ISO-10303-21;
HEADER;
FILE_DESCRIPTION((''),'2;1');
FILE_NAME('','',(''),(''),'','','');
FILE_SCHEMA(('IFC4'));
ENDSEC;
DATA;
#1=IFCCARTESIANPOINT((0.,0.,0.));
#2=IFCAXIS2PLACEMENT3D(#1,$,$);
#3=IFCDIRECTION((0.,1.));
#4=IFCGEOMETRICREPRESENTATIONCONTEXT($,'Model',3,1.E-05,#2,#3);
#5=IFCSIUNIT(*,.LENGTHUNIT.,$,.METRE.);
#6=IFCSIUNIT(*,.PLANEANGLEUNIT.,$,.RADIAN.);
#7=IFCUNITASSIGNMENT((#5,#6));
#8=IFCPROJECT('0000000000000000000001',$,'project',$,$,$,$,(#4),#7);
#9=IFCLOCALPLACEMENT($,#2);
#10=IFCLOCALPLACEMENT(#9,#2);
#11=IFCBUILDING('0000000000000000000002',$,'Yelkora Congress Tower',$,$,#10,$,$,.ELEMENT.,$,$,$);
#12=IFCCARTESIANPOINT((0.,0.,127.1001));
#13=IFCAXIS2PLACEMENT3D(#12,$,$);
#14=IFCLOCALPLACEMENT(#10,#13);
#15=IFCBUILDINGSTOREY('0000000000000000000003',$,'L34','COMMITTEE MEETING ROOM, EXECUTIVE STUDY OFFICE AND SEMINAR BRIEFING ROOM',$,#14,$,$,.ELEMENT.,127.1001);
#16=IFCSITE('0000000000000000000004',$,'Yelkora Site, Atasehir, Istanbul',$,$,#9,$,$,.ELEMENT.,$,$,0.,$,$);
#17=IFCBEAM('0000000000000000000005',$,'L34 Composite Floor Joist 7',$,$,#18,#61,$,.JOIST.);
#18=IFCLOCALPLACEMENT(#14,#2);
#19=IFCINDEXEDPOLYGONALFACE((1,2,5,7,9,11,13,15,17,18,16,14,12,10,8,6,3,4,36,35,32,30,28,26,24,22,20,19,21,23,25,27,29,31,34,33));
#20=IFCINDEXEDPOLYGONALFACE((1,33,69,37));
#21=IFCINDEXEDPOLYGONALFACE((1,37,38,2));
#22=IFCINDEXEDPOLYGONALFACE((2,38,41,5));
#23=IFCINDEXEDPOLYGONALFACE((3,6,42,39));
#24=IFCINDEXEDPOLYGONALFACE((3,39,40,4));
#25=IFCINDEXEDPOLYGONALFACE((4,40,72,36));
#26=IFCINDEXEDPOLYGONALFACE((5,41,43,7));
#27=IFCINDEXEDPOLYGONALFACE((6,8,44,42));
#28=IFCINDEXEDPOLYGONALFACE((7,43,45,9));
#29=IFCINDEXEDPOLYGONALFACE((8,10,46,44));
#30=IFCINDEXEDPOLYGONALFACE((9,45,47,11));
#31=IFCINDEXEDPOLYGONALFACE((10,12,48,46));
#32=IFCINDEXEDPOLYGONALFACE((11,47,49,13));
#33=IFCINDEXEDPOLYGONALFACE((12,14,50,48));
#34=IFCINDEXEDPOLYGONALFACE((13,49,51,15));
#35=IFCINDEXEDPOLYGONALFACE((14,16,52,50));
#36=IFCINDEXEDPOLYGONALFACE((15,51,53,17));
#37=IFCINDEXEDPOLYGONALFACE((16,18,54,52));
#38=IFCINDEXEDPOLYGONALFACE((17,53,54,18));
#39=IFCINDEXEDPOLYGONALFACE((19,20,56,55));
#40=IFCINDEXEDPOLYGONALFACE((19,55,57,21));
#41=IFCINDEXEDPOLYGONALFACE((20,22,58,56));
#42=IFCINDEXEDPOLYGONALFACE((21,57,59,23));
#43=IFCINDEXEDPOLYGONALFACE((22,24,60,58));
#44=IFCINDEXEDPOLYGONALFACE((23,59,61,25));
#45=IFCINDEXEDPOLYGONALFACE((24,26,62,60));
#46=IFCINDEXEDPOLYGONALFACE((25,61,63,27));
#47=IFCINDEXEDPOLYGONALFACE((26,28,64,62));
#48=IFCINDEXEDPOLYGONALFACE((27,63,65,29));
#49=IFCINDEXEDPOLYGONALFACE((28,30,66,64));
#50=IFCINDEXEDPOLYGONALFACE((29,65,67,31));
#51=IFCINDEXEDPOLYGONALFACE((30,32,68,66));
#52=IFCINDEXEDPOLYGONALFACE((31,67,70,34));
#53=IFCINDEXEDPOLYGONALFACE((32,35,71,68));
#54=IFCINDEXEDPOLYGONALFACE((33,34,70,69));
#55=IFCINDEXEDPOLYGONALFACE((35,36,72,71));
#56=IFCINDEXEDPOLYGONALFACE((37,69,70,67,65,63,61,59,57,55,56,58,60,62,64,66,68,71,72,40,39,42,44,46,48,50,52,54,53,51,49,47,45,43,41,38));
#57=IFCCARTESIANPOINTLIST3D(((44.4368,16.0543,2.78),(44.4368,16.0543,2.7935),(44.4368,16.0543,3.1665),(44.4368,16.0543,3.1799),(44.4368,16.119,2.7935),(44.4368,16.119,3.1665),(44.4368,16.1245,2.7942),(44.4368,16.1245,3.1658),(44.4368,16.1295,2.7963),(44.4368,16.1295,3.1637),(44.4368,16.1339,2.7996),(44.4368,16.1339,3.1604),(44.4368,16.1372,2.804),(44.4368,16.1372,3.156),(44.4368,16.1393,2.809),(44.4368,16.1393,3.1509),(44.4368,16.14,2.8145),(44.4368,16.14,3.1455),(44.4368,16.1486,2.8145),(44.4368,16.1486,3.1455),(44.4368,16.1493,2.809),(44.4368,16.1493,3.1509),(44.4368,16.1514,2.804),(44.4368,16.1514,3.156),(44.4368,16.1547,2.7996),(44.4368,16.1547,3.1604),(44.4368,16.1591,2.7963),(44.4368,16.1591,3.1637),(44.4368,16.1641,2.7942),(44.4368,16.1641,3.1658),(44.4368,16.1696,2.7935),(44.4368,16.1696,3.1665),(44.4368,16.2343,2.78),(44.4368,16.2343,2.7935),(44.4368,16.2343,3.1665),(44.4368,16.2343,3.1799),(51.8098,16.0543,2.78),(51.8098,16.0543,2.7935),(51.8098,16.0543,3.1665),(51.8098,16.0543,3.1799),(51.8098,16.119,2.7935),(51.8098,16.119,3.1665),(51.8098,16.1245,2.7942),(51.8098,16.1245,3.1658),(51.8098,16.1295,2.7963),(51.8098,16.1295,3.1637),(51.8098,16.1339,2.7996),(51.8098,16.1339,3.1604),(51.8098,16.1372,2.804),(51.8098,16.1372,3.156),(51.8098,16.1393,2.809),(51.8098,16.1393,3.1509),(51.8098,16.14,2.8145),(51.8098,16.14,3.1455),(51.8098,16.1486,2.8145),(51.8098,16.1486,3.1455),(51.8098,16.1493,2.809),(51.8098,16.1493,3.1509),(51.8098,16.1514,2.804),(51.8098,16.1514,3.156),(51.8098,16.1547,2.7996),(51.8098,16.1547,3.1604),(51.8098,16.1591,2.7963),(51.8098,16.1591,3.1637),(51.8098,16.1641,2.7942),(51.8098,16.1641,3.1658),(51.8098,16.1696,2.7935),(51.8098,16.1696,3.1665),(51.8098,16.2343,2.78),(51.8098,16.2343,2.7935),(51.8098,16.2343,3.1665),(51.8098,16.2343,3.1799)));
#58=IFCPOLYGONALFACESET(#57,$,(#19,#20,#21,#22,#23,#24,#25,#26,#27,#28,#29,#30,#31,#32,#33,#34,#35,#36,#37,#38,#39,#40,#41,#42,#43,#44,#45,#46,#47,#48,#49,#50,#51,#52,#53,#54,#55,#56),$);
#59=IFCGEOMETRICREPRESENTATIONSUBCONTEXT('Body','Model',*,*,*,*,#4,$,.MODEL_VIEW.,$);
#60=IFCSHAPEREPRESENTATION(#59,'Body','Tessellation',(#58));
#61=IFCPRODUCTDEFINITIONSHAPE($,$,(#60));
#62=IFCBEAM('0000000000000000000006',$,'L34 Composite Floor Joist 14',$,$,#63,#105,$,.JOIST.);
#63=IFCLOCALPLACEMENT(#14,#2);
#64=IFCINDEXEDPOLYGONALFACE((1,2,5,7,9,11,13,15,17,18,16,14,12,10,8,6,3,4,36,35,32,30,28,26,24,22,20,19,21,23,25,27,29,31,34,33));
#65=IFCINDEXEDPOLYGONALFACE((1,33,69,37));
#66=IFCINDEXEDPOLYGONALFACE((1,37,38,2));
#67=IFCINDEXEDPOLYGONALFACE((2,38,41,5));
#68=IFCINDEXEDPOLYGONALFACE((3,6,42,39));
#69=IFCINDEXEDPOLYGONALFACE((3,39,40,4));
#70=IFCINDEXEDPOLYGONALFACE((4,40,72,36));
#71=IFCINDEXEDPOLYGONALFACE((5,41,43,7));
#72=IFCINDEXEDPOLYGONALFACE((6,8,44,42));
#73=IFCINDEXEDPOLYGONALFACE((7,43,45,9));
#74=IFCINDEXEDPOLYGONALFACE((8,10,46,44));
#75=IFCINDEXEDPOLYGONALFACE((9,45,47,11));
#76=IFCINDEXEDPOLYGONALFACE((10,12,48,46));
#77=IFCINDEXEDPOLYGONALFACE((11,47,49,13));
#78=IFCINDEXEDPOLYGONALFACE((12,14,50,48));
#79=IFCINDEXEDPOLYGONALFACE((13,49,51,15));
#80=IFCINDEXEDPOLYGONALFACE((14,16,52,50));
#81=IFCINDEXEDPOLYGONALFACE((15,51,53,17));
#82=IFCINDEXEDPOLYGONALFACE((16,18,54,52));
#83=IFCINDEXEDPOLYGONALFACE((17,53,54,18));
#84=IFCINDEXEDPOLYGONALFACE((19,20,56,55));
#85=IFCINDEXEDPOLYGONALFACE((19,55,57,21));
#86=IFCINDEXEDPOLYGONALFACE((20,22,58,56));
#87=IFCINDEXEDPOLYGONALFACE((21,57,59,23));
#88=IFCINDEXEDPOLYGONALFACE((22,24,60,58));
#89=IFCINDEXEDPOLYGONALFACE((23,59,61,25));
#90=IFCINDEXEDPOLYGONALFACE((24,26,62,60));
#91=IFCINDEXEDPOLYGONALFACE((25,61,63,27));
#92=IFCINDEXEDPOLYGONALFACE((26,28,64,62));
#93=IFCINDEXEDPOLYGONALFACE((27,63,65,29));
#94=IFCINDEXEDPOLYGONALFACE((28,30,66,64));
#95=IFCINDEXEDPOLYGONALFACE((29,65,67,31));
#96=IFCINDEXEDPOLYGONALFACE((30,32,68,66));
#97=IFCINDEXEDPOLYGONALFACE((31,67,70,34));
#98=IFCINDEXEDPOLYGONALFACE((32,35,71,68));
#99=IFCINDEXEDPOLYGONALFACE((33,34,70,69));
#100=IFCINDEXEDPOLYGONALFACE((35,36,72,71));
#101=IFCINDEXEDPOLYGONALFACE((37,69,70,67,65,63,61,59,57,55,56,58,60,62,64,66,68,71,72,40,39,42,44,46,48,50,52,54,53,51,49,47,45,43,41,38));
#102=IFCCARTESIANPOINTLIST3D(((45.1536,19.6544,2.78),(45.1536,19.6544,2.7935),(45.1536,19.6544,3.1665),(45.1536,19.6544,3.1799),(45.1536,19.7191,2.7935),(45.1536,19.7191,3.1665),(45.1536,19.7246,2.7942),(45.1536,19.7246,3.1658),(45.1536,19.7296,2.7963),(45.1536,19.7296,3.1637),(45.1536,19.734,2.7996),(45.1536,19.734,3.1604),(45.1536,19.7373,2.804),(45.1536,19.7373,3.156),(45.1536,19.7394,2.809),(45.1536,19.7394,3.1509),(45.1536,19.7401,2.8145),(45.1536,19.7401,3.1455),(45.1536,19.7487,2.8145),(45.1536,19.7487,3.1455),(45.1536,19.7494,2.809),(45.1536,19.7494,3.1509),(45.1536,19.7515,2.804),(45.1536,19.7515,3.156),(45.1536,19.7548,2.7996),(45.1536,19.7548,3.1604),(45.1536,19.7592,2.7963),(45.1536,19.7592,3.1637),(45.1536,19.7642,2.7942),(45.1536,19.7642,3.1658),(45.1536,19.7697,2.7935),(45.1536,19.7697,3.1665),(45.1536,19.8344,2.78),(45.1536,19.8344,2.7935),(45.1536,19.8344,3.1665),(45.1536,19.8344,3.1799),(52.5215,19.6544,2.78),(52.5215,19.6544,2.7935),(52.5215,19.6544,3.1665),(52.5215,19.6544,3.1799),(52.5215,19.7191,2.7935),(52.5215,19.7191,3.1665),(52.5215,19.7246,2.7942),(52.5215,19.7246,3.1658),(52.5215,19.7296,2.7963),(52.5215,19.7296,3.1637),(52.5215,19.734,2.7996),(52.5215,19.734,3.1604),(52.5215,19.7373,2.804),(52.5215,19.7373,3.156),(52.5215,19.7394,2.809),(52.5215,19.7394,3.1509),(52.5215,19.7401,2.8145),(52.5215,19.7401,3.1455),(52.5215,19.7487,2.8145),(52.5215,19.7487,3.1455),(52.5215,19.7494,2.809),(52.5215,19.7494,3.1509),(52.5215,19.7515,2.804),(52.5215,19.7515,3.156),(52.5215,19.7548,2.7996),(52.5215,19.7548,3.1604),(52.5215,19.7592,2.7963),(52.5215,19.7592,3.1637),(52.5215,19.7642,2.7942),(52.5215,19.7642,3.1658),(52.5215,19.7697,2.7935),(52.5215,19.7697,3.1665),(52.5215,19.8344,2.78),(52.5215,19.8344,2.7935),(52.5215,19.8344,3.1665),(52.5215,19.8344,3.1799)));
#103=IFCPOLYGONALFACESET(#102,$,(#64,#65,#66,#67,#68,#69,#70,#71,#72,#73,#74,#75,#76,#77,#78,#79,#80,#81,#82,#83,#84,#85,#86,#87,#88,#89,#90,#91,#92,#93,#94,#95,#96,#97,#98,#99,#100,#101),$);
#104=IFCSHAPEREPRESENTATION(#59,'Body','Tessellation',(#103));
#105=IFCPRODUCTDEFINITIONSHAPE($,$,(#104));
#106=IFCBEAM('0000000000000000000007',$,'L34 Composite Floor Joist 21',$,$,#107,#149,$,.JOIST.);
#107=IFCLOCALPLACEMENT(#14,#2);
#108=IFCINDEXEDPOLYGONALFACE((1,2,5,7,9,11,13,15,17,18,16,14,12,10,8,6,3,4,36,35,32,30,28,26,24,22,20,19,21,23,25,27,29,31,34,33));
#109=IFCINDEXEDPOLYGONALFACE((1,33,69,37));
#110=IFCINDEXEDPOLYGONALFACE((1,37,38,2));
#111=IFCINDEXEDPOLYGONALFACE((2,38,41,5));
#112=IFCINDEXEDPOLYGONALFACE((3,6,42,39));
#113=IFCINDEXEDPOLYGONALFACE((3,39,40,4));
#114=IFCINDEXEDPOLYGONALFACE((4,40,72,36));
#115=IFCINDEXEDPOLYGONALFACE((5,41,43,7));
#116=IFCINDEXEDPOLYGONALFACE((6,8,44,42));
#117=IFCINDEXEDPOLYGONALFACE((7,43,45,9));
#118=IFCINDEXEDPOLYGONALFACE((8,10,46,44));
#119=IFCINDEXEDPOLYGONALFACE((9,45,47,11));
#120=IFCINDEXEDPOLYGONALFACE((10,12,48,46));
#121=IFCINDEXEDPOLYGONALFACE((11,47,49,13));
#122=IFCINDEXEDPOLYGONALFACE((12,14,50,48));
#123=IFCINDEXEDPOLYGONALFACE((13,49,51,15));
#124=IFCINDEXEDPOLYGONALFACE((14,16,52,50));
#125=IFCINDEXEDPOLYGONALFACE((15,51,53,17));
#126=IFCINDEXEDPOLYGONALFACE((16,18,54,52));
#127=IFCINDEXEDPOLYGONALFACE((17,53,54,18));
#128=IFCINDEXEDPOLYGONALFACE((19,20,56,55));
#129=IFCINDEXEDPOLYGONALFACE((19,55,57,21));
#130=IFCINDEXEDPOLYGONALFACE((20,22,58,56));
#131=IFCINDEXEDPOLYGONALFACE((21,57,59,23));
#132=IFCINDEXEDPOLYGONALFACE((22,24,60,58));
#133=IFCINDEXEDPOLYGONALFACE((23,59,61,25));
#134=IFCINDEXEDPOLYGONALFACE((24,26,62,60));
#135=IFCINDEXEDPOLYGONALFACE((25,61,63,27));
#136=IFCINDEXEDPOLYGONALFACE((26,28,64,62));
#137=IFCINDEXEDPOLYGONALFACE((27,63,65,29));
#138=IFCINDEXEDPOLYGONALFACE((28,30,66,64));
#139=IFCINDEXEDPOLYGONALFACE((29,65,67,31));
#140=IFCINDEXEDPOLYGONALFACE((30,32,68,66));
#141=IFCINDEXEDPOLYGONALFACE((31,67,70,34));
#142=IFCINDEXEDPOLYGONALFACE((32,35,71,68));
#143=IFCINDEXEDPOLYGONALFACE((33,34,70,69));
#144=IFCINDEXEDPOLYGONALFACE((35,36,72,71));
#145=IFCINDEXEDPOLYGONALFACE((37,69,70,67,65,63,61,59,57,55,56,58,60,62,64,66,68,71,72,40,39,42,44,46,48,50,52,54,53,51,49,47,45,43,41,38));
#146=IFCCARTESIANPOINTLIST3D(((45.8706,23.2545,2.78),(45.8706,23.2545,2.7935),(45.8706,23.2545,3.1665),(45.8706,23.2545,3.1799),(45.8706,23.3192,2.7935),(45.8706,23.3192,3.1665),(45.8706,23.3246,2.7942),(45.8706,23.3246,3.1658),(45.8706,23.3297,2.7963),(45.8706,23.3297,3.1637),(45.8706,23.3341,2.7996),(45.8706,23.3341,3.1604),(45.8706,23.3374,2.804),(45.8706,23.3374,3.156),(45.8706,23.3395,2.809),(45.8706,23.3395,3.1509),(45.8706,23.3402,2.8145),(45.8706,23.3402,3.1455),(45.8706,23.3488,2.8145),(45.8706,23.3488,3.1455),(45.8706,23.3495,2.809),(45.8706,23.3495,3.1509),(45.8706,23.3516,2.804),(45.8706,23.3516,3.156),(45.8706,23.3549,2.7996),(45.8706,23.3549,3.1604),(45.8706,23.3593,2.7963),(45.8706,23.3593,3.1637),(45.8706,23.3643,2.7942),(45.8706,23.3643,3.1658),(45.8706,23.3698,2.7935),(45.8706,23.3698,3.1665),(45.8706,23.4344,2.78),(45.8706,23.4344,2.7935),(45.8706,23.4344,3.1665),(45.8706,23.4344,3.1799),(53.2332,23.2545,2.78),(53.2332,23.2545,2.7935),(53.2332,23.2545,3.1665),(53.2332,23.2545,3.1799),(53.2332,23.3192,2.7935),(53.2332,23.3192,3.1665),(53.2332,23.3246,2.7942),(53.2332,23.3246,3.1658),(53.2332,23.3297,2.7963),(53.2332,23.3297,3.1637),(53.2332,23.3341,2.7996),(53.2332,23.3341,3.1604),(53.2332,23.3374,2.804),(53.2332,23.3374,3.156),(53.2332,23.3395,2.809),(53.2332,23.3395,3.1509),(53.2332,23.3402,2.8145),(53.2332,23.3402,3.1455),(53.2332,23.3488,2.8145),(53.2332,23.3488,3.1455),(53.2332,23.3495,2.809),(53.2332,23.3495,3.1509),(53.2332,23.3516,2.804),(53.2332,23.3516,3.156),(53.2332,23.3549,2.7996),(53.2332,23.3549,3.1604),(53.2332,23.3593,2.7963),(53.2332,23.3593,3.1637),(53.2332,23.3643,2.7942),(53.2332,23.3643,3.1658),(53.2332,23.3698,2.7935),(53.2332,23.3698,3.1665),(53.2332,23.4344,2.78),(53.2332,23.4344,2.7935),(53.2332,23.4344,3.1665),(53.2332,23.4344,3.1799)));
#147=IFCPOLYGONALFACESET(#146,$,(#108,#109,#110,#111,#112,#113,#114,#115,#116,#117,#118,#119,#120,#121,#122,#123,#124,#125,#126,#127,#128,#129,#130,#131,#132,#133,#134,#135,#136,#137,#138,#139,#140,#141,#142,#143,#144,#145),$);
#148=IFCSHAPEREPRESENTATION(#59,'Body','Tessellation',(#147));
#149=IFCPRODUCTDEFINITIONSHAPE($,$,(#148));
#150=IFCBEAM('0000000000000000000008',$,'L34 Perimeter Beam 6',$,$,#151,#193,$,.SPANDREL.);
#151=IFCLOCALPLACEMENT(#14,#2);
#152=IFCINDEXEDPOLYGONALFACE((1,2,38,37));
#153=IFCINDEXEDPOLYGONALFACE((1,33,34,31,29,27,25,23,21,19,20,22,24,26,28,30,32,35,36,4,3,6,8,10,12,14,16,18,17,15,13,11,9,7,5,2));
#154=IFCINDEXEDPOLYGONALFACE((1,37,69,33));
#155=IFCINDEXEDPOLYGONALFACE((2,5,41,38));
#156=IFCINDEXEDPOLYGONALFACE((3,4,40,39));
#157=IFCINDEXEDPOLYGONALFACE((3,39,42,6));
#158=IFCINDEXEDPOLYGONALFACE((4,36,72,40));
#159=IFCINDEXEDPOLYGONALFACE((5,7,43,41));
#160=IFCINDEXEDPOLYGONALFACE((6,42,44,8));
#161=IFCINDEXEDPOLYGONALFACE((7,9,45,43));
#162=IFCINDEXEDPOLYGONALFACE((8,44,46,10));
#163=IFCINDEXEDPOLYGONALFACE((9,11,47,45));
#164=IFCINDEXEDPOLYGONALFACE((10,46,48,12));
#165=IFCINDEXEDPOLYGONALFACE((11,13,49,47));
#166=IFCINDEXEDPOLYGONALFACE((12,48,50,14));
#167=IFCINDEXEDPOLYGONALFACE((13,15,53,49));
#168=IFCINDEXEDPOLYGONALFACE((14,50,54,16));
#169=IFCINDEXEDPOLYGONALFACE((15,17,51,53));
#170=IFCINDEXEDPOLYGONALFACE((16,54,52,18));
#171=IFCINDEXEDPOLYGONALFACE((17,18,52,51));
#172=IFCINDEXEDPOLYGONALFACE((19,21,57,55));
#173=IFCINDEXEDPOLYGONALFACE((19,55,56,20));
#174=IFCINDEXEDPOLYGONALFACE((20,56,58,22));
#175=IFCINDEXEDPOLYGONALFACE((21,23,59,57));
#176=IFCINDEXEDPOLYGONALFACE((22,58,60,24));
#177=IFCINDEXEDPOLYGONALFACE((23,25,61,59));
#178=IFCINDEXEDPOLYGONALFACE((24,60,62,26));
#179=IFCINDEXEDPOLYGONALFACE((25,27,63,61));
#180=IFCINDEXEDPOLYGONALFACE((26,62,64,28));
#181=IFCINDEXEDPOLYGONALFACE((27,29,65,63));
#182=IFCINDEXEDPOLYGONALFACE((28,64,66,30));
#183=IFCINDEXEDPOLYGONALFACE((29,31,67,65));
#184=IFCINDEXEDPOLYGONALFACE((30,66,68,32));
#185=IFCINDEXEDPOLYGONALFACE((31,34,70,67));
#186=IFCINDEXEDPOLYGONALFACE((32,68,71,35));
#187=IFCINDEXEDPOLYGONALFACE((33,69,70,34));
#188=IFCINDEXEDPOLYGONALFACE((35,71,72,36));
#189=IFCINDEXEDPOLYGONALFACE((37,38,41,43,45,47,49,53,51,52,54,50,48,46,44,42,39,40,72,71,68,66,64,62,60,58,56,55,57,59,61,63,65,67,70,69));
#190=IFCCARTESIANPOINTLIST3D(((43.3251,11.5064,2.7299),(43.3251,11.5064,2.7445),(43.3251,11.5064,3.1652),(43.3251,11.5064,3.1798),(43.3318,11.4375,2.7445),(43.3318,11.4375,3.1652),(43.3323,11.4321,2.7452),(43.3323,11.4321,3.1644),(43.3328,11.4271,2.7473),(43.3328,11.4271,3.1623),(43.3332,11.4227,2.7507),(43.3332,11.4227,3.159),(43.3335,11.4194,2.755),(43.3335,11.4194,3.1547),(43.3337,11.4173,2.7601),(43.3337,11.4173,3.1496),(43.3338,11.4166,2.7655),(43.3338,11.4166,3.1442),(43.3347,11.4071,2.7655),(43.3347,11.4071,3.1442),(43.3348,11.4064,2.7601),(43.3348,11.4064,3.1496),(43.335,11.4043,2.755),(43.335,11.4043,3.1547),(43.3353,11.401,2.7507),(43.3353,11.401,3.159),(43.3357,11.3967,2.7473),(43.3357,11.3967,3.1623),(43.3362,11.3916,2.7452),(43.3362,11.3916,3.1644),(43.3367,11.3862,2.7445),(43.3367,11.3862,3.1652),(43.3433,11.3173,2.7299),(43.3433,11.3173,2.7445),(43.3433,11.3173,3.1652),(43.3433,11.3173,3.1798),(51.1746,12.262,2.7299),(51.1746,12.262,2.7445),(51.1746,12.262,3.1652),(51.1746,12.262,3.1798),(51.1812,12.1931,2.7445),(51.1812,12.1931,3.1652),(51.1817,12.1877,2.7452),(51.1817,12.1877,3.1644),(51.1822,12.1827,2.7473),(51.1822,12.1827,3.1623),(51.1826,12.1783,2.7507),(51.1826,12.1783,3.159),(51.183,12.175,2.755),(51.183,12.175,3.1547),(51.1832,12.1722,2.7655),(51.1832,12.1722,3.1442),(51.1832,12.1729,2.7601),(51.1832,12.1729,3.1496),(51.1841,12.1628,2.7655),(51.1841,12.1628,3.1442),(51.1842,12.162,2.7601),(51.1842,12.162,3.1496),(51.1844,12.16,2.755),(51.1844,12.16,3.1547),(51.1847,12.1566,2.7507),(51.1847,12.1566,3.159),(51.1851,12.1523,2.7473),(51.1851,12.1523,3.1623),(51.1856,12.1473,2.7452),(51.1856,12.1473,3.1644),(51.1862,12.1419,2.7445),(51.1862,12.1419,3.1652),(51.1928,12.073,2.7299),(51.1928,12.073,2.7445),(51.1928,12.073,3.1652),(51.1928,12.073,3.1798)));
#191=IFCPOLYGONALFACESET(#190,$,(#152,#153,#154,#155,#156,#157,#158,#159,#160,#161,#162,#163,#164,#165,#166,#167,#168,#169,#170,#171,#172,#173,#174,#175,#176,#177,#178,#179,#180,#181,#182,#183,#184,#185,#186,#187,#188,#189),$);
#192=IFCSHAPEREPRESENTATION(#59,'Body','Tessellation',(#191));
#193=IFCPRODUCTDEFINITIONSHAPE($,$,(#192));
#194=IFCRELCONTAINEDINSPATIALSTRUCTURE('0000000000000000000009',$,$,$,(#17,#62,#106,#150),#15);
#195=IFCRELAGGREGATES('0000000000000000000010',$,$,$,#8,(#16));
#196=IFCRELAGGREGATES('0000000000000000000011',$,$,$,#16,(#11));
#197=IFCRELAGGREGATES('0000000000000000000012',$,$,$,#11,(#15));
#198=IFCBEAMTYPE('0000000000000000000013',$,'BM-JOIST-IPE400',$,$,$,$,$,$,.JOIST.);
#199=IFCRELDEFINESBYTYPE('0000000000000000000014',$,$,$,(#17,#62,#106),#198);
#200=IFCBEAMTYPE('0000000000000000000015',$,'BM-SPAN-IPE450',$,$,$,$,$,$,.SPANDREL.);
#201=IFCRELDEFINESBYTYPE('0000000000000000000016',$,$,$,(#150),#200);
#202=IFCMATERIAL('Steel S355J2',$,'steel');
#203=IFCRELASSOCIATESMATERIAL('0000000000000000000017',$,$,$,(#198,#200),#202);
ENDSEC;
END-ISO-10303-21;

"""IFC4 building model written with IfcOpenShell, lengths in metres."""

from ifc_helpers import new_model, si_unit, direction, frame, origin, origin_2d, place, context, subcontext, project, spatial, i_section, extrude, material, material_profile, profile_set, type_object, element, save


model = new_model("IFC4")

# Units and contexts
model_context = context("Model", 3, precision=1e-05, world=origin(), true_north=direction((0.0, 1.0)))
body_context = subcontext(model_context, "Body", "Model", "MODEL_VIEW")
ifc_project = project(units=[si_unit("LENGTHUNIT", "METRE"), si_unit("PLANEANGLEUNIT", "RADIAN")], contexts=[model_context])

# Site, building, storey
site_placement = place(None, origin())
site = spatial("IfcSite", under=ifc_project, at=site_placement, Name="Yelkora Site, Atasehir, Istanbul", CompositionType="ELEMENT", RefElevation=0.0)
building_placement = place(site_placement, origin())
building = spatial("IfcBuilding", under=site, at=building_placement, Name="Yelkora Congress Tower", CompositionType="ELEMENT")
storey_placement = place(building_placement, frame((0.0, 0.0, 127.1001)))
storey = spatial("IfcBuildingStorey", under=building, at=storey_placement, Name="L34", Description="COMMITTEE MEETING ROOM, EXECUTIVE STUDY OFFICE AND SEMINAR BRIEFING ROOM", CompositionType="ELEMENT", Elevation=127.1001)

# Beams
ifc_material_1 = material(Name="Steel S355J2", Category="steel")
ifc_material_profile_1 = material_profile(ifc_material_1, i_section(OverallWidth=0.1799, OverallDepth=0.3999, WebThickness=0.0085, FlangeThickness=0.0134, FilletRadius=0.021, at=origin_2d()), Name="IPE 400")
ifc_profile_set_1 = profile_set([ifc_material_profile_1], Name="Steel S355J2")
beam_type_1 = type_object("IfcBeamType", Name="BM-JOIST-IPE400", PredefinedType="JOIST", material=ifc_profile_set_1)
beam_1_placement = place(storey_placement, frame((44.4368, 16.1443, 2.98), z_axis=(1.0, 0.0, 0.0), x_axis=(0.0, 1.0, 0.0)))
element("IfcBeam", 1, at=beam_1_placement, inside=storey, type_object=beam_type_1, Name="L34 Composite Floor Joist 7", PredefinedType="JOIST", context=body_context, shape_type="SweptSolid", body=[
    extrude(i_section(OverallWidth=0.1799, OverallDepth=0.3999, WebThickness=0.0085, FlangeThickness=0.0134, FilletRadius=0.021, at=origin_2d()), origin(), (0.0, 0.0, 1.0), 7.373),
])
beam_2_placement = place(storey_placement, frame((45.1536, 19.7444, 2.98), z_axis=(1.0, 0.0, 0.0), x_axis=(0.0, 1.0, 0.0)))
element("IfcBeam", 2, at=beam_2_placement, inside=storey, type_object=beam_type_1, Name="L34 Composite Floor Joist 14", PredefinedType="JOIST", context=body_context, shape_type="SweptSolid", body=[
    extrude(i_section(OverallWidth=0.1799, OverallDepth=0.3999, WebThickness=0.0085, FlangeThickness=0.0134, FilletRadius=0.021, at=origin_2d()), origin(), (0.0, 0.0, 1.0), 7.3679),
])
beam_3_placement = place(storey_placement, frame((45.8706, 23.3445, 2.98), z_axis=(1.0, 0.0, 0.0), x_axis=(0.0, 1.0, 0.0)))
element("IfcBeam", 3, at=beam_3_placement, inside=storey, type_object=beam_type_1, Name="L34 Composite Floor Joist 21", PredefinedType="JOIST", context=body_context, shape_type="SweptSolid", body=[
    extrude(i_section(OverallWidth=0.1799, OverallDepth=0.3999, WebThickness=0.0085, FlangeThickness=0.0134, FilletRadius=0.021, at=origin_2d()), origin(), (0.0, 0.0, 1.0), 7.3625),
])
ifc_material_profile_2 = material_profile(ifc_material_1, i_section(OverallWidth=0.1899, OverallDepth=0.45, WebThickness=0.0095, FlangeThickness=0.0146, FilletRadius=0.021, at=origin_2d()), Name="IPE 450")
ifc_profile_set_2 = profile_set([ifc_material_profile_2], Name="Steel S355J2")
beam_type_2 = type_object("IfcBeamType", Name="BM-SPAN-IPE450", PredefinedType="SPANDREL", material=ifc_profile_set_2)
beam_4_placement = place(storey_placement, frame((43.3342, 11.4119, 2.9548), z_axis=(0.995399, 0.095822, 0.0), x_axis=(-0.095822, 0.995399, 0.0)))
element("IfcBeam", 4, at=beam_4_placement, inside=storey, type_object=beam_type_2, Name="L34 Perimeter Beam 6", PredefinedType="SPANDREL", context=body_context, shape_type="SweptSolid", body=[
    extrude(i_section(OverallWidth=0.1899, OverallDepth=0.45, WebThickness=0.0095, FlangeThickness=0.0146, FilletRadius=0.021, at=origin_2d()), origin(), (0.0, 0.0, 1.0), 7.8857),
])

save(model, "model.ifc")
